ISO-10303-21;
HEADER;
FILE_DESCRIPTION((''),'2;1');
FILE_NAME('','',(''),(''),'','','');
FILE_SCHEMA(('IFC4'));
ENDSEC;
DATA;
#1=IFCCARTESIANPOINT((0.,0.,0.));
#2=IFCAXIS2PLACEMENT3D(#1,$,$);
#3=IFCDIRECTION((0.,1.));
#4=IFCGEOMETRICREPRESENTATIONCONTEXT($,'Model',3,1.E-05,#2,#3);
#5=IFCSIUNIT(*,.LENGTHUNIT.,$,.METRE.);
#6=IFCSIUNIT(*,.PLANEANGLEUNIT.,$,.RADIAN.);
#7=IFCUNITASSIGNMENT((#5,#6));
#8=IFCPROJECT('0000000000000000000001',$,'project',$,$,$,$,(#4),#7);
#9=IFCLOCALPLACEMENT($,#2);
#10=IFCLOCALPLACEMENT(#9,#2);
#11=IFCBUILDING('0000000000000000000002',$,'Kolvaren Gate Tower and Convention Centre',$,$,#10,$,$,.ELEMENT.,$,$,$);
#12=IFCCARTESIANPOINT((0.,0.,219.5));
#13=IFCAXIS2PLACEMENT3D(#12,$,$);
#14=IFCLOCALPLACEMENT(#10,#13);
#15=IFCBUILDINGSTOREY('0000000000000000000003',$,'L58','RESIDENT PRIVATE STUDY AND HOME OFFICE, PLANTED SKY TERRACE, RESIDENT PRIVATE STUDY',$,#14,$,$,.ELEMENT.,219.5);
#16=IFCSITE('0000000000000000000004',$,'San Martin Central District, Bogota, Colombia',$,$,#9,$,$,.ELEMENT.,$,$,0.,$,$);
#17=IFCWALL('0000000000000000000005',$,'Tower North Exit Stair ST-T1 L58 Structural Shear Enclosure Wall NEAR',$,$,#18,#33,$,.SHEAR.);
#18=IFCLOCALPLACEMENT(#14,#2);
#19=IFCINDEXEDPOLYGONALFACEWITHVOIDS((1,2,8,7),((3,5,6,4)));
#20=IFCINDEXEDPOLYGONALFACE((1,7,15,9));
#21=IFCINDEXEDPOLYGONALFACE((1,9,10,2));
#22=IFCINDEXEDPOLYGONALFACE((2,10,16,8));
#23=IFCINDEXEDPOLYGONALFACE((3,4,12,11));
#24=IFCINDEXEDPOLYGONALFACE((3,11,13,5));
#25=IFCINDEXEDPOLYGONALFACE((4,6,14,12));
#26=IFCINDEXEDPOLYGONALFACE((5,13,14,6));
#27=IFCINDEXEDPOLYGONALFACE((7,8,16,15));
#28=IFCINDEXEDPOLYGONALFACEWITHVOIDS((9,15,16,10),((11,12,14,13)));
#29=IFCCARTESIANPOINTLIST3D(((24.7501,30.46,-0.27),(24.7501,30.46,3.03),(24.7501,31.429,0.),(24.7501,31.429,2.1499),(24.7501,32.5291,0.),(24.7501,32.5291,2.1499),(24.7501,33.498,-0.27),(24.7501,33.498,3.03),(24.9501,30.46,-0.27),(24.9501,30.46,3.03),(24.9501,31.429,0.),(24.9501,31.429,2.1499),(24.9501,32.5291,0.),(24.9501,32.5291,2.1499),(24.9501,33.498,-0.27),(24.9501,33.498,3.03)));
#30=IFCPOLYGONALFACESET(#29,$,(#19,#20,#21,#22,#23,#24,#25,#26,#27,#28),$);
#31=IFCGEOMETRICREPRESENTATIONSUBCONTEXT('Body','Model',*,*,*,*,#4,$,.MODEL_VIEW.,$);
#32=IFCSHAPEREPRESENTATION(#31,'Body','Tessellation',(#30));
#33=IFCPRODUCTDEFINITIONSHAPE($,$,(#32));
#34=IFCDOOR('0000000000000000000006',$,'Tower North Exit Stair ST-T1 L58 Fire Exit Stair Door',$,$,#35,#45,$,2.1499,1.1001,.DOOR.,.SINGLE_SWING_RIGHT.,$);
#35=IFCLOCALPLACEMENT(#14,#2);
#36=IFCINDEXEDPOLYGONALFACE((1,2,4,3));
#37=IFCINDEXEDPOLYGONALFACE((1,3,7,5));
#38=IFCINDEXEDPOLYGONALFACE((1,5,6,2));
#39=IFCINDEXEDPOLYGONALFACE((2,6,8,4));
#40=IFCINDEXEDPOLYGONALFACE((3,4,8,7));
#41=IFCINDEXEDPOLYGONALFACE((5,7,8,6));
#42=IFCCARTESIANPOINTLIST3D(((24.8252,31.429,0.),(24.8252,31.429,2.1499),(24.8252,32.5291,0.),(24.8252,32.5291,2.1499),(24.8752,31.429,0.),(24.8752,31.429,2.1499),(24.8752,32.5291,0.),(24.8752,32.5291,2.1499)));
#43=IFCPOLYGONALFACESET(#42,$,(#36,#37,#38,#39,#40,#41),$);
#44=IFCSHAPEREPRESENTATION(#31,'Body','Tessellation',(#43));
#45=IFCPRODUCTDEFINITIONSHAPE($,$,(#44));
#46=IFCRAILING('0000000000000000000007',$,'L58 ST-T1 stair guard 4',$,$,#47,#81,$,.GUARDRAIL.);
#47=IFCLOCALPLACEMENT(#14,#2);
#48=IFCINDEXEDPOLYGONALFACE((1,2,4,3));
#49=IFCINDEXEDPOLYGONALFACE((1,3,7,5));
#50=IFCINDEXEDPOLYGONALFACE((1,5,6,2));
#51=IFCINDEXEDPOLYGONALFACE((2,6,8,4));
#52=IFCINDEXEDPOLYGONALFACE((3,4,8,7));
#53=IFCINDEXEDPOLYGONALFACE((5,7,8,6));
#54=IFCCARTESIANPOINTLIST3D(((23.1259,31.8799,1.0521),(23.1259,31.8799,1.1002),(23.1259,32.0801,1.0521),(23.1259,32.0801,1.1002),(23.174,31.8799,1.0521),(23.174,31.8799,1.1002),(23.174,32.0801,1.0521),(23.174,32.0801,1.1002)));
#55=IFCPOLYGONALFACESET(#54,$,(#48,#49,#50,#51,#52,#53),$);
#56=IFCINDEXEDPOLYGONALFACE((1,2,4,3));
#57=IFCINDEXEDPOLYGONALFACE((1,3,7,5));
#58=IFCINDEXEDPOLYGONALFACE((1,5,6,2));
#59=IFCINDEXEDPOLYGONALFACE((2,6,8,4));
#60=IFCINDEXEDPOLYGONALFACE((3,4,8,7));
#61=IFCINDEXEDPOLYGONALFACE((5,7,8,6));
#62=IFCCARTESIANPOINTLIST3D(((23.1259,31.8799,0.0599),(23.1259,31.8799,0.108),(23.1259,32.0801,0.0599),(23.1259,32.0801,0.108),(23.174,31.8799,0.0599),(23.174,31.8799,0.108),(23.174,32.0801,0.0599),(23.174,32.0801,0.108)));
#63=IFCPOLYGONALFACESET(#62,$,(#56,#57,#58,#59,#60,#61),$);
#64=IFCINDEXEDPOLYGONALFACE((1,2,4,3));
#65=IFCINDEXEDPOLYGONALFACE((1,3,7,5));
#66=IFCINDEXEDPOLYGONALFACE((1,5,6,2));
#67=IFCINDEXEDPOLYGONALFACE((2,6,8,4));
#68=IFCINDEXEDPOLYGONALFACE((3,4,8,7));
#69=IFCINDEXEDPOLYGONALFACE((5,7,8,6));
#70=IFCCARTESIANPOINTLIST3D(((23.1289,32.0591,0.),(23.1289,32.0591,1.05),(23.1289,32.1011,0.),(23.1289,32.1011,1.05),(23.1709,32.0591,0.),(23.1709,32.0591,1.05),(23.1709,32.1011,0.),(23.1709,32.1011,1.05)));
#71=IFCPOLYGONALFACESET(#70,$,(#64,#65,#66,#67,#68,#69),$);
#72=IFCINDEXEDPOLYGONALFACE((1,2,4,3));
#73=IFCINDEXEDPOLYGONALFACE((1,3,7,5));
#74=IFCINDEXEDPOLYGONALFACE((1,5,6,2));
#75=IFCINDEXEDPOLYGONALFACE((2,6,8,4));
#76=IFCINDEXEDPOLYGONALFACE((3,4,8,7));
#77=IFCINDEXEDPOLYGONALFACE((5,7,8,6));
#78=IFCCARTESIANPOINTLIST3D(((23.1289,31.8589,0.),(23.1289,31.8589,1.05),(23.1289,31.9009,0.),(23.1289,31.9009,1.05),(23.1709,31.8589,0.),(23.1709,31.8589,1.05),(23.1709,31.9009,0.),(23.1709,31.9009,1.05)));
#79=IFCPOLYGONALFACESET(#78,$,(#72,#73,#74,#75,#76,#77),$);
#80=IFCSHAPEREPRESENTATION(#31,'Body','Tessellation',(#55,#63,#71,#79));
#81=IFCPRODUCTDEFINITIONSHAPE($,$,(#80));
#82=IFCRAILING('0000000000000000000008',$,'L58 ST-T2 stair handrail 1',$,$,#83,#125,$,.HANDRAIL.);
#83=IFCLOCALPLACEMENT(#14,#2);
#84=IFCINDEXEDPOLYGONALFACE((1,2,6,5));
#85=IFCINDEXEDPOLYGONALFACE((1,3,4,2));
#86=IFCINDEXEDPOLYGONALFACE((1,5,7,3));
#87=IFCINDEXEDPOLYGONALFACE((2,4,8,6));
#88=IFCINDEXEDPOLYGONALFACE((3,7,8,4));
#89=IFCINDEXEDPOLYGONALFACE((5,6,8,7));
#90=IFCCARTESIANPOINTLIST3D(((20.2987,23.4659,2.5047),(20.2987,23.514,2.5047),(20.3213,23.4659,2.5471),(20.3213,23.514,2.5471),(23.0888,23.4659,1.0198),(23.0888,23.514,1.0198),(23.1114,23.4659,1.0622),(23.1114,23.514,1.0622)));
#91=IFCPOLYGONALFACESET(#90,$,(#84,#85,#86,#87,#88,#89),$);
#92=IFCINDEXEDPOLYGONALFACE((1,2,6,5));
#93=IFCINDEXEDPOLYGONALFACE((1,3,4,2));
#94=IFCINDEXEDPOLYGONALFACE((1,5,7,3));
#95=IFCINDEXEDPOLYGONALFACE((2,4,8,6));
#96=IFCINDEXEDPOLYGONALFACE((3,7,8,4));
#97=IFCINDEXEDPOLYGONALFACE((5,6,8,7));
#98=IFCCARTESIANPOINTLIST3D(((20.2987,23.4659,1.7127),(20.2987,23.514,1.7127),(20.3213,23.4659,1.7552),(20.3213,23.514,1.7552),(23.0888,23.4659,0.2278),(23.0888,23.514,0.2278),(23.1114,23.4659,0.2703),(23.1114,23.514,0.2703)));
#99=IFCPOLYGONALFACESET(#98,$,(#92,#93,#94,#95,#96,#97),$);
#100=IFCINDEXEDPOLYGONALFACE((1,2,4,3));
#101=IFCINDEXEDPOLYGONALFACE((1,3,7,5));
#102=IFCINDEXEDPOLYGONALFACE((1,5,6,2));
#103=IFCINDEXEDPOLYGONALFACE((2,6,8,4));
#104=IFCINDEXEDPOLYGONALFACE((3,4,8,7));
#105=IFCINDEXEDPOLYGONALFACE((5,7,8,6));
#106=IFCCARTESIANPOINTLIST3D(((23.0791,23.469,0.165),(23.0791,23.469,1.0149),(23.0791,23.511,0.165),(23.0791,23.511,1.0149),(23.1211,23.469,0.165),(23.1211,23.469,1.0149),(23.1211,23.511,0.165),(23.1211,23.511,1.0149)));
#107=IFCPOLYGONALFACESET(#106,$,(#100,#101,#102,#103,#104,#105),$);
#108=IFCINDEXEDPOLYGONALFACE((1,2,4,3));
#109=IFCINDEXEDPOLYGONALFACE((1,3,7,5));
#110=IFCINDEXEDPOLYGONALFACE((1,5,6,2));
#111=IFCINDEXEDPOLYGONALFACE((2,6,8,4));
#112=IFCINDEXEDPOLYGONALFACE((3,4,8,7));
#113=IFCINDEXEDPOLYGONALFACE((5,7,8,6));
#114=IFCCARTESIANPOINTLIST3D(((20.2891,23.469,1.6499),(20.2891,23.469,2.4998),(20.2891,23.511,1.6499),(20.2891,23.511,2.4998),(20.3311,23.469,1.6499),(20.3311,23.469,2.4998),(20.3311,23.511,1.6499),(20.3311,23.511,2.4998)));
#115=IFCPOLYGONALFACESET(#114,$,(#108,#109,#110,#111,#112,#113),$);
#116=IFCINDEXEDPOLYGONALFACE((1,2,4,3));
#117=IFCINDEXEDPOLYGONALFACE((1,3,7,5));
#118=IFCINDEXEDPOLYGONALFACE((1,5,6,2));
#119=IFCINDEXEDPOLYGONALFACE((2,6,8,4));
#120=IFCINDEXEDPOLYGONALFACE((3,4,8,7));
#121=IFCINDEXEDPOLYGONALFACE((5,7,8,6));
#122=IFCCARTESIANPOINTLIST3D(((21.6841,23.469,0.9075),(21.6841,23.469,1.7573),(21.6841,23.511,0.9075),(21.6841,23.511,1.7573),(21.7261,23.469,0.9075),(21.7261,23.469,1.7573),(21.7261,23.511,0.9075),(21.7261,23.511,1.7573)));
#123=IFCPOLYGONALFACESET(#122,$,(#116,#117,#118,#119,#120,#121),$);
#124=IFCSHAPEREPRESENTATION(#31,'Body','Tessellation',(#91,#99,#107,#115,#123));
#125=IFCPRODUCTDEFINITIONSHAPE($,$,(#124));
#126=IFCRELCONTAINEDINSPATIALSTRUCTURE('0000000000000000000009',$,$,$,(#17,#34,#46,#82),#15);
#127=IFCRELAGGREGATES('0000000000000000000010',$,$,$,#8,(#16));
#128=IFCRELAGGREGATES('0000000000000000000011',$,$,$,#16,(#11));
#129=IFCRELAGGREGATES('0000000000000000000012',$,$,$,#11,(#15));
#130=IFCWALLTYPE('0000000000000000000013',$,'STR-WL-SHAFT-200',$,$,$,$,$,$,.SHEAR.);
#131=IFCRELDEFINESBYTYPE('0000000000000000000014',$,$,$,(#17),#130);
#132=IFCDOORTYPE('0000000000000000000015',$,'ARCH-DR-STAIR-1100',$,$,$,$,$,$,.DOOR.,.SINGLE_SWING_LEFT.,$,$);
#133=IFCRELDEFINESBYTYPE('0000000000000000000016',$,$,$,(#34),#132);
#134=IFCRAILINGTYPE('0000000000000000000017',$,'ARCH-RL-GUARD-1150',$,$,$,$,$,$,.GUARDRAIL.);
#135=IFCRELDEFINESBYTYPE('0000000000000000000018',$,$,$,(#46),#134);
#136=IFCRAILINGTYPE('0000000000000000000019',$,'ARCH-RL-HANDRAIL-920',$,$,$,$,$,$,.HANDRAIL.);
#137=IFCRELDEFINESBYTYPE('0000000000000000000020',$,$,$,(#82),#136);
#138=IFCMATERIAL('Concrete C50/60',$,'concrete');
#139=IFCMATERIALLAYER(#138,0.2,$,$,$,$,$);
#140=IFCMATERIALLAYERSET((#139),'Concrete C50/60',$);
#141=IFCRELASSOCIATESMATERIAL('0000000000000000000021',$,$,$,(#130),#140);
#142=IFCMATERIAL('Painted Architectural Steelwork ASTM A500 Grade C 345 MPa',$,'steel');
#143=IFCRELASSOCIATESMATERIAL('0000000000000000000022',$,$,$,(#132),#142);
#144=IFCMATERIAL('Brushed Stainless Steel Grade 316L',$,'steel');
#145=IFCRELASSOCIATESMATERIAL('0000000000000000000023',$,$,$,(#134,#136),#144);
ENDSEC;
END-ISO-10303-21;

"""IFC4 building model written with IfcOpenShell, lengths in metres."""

from ifc_helpers import new_model, si_unit, direction, frame, frame_2d, origin, origin_2d, place, context, subcontext, project, spatial, rectangle, extrude, material, layer, layer_set, type_object, element, fill, save


model = new_model("IFC4")

# Units and contexts
model_context = context("Model", 3, precision=1e-05, world=origin(), true_north=direction((0.0, 1.0)))
body_context = subcontext(model_context, "Body", "Model", "MODEL_VIEW")
ifc_project = project(units=[si_unit("LENGTHUNIT", "METRE"), si_unit("PLANEANGLEUNIT", "RADIAN")], contexts=[model_context])

# Site, building, storey
site_placement = place(None, origin())
site = spatial("IfcSite", under=ifc_project, at=site_placement, Name="San Martin Central District, Bogota, Colombia", CompositionType="ELEMENT", RefElevation=0.0)
building_placement = place(site_placement, origin())
building = spatial("IfcBuilding", under=site, at=building_placement, Name="Kolvaren Gate Tower and Convention Centre", CompositionType="ELEMENT")
storey_placement = place(building_placement, frame((0.0, 0.0, 219.5)))
storey = spatial("IfcBuildingStorey", under=building, at=storey_placement, Name="L58", Description="RESIDENT PRIVATE STUDY AND HOME OFFICE, PLANTED SKY TERRACE, RESIDENT PRIVATE STUDY", CompositionType="ELEMENT", Elevation=219.5)

# Shared definitions
ifc_material_1 = material(Name="Brushed Stainless Steel Grade 316L", Category="steel")

# Shared definitions
ifc_material_2 = material(Name="Concrete C50/60", Category="concrete")

# Wall, opening, door
ifc_layer_1 = layer(ifc_material_2, 0.2)
ifc_layer_set_1 = layer_set([ifc_layer_1], Name="Concrete C50/60")
wall_type_1 = type_object("IfcWallType", Name="STR-WL-SHAFT-200", PredefinedType="SHEAR", material=ifc_layer_set_1)
wall_1_placement = place(storey_placement, frame((24.8501, 30.46, -0.27), z_axis=(0.0, 0.0, 1.0), x_axis=(0.0, 1.0, 0.0)))
wall_1 = element("IfcWall", 1, at=wall_1_placement, inside=storey, type_object=wall_type_1, Name="Tower North Exit Stair ST-T1 L58 Structural Shear Enclosure Wall NEAR", PredefinedType="SHEAR", context=body_context, shape_type="SweptSolid", body=[
    extrude(rectangle(XDim=3.0381, YDim=0.2, at=frame_2d((1.519, 0.0))), origin(), (0.0, 0.0, 1.0), 3.3),
])
opening_1_placement = place(wall_1_placement, frame((0.969, 0.0, 0.27)))
opening_1 = element("IfcOpeningElement", 2, at=opening_1_placement, cuts=wall_1, PredefinedType="OPENING", context=body_context, shape_type="SweptSolid", body=[
    extrude(rectangle(XDim=1.1001, YDim=2.1499, at=frame_2d((0.55, 1.075))), frame((0.0, 0.1099, 0.0), z_axis=(0.0, -1.0, 0.0), x_axis=(1.0, 0.0, 0.0)), (0.0, 0.0, 1.0), 0.22),
])
ifc_material_3 = material(Name="Painted Architectural Steelwork ASTM A500 Grade C 345 MPa", Category="steel")
door_type_1 = type_object("IfcDoorType", Name="ARCH-DR-STAIR-1100", OperationType="SINGLE_SWING_LEFT", PredefinedType="DOOR", material=ifc_material_3)
door_1_placement = place(opening_1_placement, origin())
door_1 = element("IfcDoor", 3, at=door_1_placement, inside=storey, type_object=door_type_1, Name="Tower North Exit Stair ST-T1 L58 Fire Exit Stair Door", OperationType="SINGLE_SWING_RIGHT", OverallHeight=2.1499, OverallWidth=1.1001, PredefinedType="DOOR", context=body_context, shape_type="SweptSolid", body=[
    extrude(rectangle(XDim=1.1001, YDim=2.1499, at=frame_2d((0.55, 1.075))), frame((0.0, 0.0249, 0.0), z_axis=(0.0, -1.0, 0.0), x_axis=(1.0, 0.0, 0.0)), (0.0, 0.0, 1.0), 0.05),
])
fill(opening_1, door_1)

# Railings
railing_type_1 = type_object("IfcRailingType", Name="ARCH-RL-GUARD-1150", PredefinedType="GUARDRAIL", material=ifc_material_1)
railing_1_placement = place(storey_placement, frame((23.1499, 32.0801, 0.0)))
element("IfcRailing", 4, at=railing_1_placement, inside=storey, type_object=railing_type_1, Name="L58 ST-T1 stair guard 4", PredefinedType="GUARDRAIL", context=body_context, shape_type="SweptSolid", body=[
    extrude(rectangle(XDim=0.0481, YDim=0.0481, at=origin_2d()), frame((0.0, 0.0, 1.0762), z_axis=(0.0, -1.0, 0.0), x_axis=(1.0, 0.0, 0.0)), (0.0, 0.0, 1.0), 0.2002),
    extrude(rectangle(XDim=0.0481, YDim=0.0481, at=origin_2d()), frame((0.0, 0.0, 0.084), z_axis=(0.0, -1.0, 0.0), x_axis=(1.0, 0.0, 0.0)), (0.0, 0.0, 1.0), 0.2002),
    extrude(rectangle(XDim=0.042, YDim=0.042, at=origin_2d()), origin(), (0.0, 0.0, 1.0), 1.05),
    extrude(rectangle(XDim=0.042, YDim=0.042, at=origin_2d()), frame((0.0, -0.2002, 0.0)), (0.0, 0.0, 1.0), 1.05),
])
railing_type_2 = type_object("IfcRailingType", Name="ARCH-RL-HANDRAIL-920", PredefinedType="HANDRAIL", material=ifc_material_1)
railing_2_placement = place(storey_placement, frame((23.1001, 23.49, 0.165)))
element("IfcRailing", 5, at=railing_2_placement, inside=storey, type_object=railing_type_2, Name="L58 ST-T2 stair handrail 1", PredefinedType="HANDRAIL", context=body_context, shape_type="SweptSolid", body=[
    extrude(rectangle(XDim=0.0481, YDim=0.0481, at=origin_2d()), frame((0.0, 0.0, 0.876), z_axis=(-0.882767, 0.0, 0.46981), x_axis=(0.0, -1.0, 0.0)), (0.0, 0.0, 1.0), 3.1606),
    extrude(rectangle(XDim=0.0481, YDim=0.0481, at=origin_2d()), frame((0.0, 0.0, 0.084), z_axis=(-0.882767, 0.0, 0.46981), x_axis=(0.0, -1.0, 0.0)), (0.0, 0.0, 1.0), 3.1606),
    extrude(rectangle(XDim=0.042, YDim=0.042, at=origin_2d()), origin(), (0.0, 0.0, 1.0), 0.8499),
    extrude(rectangle(XDim=0.042, YDim=0.042, at=origin_2d()), frame((-2.79, 0.0, 1.4849)), (0.0, 0.0, 1.0), 0.8499),
    extrude(rectangle(XDim=0.042, YDim=0.042, at=origin_2d()), frame((-1.395, 0.0, 0.7424)), (0.0, 0.0, 1.0), 0.8499),
])

save(model, "model.ifc")
